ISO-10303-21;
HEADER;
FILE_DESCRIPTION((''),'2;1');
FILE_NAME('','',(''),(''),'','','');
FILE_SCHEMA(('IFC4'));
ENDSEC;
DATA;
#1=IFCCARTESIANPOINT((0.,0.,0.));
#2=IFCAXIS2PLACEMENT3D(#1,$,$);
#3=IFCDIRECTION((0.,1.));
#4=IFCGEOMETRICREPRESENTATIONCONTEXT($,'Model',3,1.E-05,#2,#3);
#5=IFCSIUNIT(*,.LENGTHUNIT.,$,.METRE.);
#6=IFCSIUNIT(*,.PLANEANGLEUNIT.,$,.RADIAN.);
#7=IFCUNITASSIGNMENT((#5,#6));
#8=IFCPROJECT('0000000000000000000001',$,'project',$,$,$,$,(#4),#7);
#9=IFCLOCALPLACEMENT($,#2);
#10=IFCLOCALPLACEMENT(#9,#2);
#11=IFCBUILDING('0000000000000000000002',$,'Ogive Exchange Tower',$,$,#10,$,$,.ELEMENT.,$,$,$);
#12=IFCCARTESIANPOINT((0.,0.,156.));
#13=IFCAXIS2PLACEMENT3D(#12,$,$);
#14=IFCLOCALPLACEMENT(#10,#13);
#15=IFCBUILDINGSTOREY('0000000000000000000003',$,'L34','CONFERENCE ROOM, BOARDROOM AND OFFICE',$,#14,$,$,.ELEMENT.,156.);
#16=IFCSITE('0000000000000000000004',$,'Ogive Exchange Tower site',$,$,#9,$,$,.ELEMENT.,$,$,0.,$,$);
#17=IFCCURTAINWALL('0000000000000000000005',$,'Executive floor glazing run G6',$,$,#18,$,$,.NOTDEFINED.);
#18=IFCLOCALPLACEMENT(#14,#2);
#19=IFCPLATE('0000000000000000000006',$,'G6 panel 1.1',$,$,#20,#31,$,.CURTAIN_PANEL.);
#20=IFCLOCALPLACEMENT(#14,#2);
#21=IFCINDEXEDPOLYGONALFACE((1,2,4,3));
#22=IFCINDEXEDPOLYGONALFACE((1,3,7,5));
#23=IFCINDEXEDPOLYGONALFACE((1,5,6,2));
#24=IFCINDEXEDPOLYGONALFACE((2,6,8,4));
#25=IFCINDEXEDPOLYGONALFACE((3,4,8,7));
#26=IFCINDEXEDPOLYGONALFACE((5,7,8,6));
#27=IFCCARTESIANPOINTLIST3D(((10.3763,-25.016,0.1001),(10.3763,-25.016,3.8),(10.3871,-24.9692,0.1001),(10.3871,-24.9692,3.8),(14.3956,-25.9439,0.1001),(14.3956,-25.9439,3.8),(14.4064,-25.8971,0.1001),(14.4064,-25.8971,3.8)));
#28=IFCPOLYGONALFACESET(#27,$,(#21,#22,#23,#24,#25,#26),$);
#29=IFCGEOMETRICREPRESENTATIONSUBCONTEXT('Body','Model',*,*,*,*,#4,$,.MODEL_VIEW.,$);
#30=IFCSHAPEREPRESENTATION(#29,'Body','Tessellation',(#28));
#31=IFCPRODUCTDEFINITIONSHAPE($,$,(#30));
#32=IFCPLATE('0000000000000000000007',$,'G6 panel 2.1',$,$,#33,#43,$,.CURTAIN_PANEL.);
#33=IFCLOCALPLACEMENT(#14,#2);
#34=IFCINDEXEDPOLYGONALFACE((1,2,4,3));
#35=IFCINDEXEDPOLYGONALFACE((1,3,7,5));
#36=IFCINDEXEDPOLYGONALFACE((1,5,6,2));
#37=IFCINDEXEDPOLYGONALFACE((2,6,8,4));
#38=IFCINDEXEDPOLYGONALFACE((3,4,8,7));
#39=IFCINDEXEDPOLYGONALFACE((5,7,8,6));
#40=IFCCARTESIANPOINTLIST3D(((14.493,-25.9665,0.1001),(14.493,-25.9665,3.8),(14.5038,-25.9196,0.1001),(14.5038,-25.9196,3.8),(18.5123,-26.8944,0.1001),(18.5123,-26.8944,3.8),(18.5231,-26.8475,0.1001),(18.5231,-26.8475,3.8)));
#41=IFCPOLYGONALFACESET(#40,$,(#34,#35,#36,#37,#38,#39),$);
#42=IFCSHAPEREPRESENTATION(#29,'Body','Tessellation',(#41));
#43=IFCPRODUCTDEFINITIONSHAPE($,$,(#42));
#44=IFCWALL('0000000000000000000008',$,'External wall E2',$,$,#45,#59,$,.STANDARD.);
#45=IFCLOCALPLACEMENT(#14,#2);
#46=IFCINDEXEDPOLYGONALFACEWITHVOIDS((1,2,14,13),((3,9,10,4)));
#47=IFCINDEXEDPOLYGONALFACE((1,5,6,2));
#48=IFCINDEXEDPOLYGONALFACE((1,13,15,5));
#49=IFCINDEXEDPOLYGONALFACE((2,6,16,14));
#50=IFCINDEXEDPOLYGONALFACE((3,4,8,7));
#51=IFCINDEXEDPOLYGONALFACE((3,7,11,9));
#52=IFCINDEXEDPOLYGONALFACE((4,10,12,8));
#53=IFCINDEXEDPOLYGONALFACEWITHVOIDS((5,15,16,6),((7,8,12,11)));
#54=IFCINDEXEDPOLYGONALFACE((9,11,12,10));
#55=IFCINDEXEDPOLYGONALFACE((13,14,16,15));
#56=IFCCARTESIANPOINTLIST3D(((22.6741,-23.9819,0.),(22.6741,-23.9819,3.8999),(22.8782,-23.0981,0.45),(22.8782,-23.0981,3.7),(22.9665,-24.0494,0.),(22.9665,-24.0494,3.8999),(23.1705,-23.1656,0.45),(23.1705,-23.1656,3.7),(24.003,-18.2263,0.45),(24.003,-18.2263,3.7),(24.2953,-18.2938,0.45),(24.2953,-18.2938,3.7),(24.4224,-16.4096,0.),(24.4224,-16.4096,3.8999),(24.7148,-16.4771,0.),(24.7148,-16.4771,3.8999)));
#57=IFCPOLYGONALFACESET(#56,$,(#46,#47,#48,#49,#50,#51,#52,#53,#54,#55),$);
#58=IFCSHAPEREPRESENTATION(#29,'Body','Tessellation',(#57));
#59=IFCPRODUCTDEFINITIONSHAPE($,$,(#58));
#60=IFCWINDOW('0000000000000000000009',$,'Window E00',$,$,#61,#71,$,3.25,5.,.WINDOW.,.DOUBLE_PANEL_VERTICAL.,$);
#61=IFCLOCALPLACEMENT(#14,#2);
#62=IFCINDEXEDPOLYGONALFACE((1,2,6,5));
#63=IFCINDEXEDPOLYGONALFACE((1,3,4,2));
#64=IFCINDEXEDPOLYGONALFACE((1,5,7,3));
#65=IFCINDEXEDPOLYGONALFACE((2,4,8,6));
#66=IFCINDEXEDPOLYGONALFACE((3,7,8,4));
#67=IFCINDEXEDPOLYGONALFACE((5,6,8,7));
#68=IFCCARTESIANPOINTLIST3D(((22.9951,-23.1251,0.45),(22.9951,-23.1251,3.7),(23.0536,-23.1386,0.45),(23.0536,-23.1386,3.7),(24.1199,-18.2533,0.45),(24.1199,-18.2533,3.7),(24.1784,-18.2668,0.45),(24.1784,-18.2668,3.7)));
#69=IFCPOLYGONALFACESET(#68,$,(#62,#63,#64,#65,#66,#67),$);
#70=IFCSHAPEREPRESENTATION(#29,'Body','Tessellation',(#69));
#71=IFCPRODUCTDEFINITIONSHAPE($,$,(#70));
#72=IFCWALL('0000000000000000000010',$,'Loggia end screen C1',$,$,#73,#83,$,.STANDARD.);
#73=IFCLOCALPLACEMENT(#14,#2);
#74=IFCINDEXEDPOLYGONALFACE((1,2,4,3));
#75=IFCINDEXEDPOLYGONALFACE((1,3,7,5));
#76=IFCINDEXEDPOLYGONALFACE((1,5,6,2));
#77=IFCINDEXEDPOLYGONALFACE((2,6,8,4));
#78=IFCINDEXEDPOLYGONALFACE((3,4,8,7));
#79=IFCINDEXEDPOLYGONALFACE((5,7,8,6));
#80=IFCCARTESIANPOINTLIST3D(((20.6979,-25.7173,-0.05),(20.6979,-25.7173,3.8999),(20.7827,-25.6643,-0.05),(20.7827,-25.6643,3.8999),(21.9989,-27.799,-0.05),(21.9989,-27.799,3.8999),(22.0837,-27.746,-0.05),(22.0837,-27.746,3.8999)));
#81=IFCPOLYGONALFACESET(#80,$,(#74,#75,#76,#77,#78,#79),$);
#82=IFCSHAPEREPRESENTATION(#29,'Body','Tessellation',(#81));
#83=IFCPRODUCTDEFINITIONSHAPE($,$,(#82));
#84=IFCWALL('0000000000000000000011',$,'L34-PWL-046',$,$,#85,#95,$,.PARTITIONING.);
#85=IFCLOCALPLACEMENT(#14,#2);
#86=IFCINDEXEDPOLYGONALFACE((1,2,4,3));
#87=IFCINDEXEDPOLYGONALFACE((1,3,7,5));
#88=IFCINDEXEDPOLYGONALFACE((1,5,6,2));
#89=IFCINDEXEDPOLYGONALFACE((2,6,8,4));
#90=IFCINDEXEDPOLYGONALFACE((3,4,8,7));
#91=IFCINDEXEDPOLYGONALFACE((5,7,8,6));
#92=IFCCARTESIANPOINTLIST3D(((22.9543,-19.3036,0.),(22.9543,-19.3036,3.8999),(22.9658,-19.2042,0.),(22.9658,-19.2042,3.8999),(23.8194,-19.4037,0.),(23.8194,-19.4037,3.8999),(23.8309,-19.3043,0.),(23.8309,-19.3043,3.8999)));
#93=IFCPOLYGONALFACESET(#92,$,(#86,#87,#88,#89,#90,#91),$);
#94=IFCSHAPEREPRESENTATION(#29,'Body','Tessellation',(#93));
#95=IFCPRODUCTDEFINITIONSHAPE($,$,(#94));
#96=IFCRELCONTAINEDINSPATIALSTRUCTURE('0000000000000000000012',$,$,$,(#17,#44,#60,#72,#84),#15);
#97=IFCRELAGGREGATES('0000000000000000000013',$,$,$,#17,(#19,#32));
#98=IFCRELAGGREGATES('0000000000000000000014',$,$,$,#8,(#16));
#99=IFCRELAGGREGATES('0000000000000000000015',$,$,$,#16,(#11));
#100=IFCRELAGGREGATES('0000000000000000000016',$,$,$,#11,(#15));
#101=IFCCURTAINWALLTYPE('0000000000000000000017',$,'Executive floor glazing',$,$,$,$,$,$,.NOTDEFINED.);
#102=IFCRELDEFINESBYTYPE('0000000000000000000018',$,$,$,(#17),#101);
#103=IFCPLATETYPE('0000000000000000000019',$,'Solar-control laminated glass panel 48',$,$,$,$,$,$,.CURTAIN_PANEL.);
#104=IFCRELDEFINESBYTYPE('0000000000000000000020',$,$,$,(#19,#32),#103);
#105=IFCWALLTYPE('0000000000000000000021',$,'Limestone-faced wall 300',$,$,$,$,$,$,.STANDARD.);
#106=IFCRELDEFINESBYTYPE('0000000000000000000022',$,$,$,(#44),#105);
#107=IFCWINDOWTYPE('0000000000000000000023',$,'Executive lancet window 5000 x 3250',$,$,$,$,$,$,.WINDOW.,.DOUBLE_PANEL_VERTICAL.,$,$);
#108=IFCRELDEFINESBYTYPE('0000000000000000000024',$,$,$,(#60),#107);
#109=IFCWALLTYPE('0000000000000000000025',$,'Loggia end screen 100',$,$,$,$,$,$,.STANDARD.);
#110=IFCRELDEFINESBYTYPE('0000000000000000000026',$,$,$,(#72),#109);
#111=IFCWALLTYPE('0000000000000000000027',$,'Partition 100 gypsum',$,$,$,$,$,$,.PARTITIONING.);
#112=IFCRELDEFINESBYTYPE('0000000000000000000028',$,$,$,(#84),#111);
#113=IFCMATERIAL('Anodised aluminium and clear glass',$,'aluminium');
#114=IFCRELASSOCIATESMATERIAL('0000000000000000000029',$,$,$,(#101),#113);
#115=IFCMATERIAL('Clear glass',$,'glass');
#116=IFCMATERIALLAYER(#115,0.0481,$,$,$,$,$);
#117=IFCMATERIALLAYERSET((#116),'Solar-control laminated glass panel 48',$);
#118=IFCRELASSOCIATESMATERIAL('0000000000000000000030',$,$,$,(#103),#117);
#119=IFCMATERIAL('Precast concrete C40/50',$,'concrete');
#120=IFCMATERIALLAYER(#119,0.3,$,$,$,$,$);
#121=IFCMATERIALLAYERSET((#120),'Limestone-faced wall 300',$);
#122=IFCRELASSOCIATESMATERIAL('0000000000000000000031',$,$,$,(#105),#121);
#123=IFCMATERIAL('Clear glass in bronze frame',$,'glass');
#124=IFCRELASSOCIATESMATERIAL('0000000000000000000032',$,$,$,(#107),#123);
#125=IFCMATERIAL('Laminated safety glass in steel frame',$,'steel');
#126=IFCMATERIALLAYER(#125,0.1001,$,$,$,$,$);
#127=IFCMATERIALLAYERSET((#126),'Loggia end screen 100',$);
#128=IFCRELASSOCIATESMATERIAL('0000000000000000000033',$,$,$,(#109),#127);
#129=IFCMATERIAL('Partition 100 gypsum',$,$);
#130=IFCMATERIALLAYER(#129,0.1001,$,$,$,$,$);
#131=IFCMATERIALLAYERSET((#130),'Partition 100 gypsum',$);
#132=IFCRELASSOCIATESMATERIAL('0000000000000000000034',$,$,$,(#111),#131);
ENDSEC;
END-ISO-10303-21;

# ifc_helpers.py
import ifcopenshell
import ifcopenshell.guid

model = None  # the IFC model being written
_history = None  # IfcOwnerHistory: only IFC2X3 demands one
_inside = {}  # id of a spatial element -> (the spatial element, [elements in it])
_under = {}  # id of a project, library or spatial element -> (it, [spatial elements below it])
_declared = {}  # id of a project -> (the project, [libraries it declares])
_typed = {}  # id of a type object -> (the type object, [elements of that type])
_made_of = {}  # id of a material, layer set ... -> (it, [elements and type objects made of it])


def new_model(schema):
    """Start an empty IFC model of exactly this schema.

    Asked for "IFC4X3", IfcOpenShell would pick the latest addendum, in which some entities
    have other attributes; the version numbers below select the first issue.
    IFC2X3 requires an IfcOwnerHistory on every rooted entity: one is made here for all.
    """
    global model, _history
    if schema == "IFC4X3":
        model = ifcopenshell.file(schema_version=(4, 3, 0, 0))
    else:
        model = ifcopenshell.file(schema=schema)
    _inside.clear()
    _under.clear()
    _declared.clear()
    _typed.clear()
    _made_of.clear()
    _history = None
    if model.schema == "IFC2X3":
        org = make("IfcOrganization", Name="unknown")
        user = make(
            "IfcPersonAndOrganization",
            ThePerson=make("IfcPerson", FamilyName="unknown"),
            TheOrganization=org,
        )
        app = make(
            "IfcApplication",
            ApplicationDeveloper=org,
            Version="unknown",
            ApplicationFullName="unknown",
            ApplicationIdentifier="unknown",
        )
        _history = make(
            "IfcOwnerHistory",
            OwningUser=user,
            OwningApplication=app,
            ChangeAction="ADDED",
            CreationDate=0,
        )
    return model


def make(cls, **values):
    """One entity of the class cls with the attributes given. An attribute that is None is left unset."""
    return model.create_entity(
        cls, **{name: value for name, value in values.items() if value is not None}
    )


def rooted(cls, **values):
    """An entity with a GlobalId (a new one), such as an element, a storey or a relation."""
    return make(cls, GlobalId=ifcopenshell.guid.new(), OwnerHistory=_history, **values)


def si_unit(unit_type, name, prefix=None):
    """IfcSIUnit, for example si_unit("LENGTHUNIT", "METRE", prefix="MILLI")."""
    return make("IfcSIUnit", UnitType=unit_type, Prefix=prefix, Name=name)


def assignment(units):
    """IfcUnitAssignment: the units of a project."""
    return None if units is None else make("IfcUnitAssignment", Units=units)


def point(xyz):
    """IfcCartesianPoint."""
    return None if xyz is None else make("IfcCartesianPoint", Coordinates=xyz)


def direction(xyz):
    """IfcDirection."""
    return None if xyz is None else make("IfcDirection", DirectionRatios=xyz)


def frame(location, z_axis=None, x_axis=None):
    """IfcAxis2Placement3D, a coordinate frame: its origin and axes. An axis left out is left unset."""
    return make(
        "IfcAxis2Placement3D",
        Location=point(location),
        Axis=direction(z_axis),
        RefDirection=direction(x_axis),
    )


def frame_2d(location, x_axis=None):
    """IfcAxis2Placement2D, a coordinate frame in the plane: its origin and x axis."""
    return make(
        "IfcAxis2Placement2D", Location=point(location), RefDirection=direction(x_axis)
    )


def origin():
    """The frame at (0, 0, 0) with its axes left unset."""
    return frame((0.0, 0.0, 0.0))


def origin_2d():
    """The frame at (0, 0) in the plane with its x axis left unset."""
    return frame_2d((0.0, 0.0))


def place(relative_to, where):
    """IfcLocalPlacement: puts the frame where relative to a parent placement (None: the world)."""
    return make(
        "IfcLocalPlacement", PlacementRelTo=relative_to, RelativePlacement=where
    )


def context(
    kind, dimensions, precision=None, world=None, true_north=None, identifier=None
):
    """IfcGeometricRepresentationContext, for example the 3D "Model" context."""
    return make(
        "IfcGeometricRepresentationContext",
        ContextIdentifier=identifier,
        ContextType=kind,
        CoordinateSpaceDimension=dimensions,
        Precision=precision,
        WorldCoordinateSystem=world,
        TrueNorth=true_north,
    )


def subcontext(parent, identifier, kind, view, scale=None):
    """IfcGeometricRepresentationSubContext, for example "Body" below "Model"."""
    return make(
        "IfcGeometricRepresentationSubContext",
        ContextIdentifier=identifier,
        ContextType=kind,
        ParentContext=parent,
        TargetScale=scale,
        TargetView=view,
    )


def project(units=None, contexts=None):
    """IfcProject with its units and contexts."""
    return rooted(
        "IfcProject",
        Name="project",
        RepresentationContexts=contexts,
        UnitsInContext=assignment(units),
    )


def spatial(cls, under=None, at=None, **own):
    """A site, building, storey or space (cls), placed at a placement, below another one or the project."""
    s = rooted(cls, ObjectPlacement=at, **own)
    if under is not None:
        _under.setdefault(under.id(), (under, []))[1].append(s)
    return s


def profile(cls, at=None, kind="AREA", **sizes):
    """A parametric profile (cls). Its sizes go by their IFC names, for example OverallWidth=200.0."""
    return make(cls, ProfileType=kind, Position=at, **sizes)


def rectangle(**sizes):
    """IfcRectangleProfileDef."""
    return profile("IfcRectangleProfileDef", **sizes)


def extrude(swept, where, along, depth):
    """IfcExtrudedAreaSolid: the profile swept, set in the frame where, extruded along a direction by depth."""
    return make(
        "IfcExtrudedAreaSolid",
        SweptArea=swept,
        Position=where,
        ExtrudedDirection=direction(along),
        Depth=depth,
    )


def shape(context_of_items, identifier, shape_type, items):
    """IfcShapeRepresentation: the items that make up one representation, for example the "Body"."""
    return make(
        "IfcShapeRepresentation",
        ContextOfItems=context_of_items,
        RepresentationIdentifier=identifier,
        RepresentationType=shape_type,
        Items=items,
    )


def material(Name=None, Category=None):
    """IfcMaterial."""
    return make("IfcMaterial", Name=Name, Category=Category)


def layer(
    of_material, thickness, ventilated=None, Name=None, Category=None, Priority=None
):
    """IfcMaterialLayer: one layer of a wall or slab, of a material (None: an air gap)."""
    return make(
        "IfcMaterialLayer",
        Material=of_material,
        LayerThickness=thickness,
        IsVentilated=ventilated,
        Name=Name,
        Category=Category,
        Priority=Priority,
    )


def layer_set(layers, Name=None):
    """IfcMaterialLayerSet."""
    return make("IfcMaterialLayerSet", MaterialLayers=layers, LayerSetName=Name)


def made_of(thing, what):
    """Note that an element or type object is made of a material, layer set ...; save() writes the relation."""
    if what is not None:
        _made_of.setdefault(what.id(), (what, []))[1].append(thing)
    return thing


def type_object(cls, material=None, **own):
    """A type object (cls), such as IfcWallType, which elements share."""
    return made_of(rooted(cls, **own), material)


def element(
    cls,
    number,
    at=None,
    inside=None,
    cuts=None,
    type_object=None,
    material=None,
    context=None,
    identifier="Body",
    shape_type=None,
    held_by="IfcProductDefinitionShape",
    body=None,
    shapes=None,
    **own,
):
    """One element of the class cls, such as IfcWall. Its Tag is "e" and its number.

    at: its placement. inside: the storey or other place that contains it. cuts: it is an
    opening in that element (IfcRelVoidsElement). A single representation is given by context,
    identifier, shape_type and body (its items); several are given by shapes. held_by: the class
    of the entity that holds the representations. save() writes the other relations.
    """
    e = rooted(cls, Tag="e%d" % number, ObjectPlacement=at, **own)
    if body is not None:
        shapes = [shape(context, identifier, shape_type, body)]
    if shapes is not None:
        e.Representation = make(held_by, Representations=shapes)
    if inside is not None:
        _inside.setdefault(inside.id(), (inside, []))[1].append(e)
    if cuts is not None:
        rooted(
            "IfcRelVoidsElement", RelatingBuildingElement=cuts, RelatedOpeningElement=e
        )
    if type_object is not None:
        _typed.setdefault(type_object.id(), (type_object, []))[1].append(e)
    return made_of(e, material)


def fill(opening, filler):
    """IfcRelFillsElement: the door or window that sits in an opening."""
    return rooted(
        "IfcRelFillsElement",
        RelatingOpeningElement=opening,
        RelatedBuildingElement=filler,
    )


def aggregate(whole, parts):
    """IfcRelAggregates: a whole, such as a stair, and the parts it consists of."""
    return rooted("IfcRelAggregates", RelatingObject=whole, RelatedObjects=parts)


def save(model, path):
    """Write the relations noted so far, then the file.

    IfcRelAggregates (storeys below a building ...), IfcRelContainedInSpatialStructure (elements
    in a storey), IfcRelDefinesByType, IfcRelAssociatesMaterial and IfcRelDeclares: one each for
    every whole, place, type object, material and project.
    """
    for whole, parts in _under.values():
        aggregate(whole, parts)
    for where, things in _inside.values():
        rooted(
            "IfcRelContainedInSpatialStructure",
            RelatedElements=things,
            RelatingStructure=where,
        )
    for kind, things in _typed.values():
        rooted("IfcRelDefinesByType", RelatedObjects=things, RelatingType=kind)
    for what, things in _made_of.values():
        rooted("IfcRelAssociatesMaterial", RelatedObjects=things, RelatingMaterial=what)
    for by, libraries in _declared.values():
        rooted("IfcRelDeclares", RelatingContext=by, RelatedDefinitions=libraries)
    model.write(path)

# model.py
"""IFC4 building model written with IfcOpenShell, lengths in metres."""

from ifc_helpers import new_model, si_unit, direction, frame, frame_2d, origin, origin_2d, place, context, subcontext, project, spatial, rectangle, extrude, material, layer, layer_set, type_object, element, fill, aggregate, save


model = new_model("IFC4")

# Units and contexts
model_context = context("Model", 3, precision=1e-05, world=origin(), true_north=direction((0.0, 1.0)))
body_context = subcontext(model_context, "Body", "Model", "MODEL_VIEW")
ifc_project = project(units=[si_unit("LENGTHUNIT", "METRE"), si_unit("PLANEANGLEUNIT", "RADIAN")], contexts=[model_context])

# Site, building, storey
site_placement = place(None, origin())
site = spatial("IfcSite", under=ifc_project, at=site_placement, Name="Ogive Exchange Tower site", CompositionType="ELEMENT", RefElevation=0.0)
building_placement = place(site_placement, origin())
building = spatial("IfcBuilding", under=site, at=building_placement, Name="Ogive Exchange Tower", CompositionType="ELEMENT")
storey_placement = place(building_placement, frame((0.0, 0.0, 156.0)))
storey = spatial("IfcBuildingStorey", under=building, at=storey_placement, Name="L34", Description="CONFERENCE ROOM, BOARDROOM AND OFFICE", CompositionType="ELEMENT", Elevation=156.0)

# Curtain wall
ifc_material_1 = material(Name="Anodised aluminium and clear glass", Category="aluminium")
curtain_wall_type = type_object("IfcCurtainWallType", Name="Executive floor glazing", PredefinedType="NOTDEFINED", material=ifc_material_1)
curtain_wall_placement = place(storey_placement, origin())
curtain_wall = element("IfcCurtainWall", 1, at=curtain_wall_placement, inside=storey, type_object=curtain_wall_type, Name="Executive floor glazing run G6", PredefinedType="NOTDEFINED")

# Plates
ifc_material_2 = material(Name="Clear glass", Category="glass")
ifc_layer_1 = layer(ifc_material_2, 0.0481)
ifc_layer_set_1 = layer_set([ifc_layer_1], Name="Solar-control laminated glass panel 48")
plate_type = type_object("IfcPlateType", Name="Solar-control laminated glass panel 48", PredefinedType="CURTAIN_PANEL", material=ifc_layer_set_1)
plate_1_placement = place(storey_placement, frame((12.3914, -25.4565, 0.1001), z_axis=(0.0, 0.0, 1.0), x_axis=(0.97437, -0.224949, 0.0)))
plate_1 = element("IfcPlate", 2, at=plate_1_placement, type_object=plate_type, Name="G6 panel 1.1", PredefinedType="CURTAIN_PANEL", context=body_context, shape_type="SweptSolid", body=[
    extrude(rectangle(XDim=4.125, YDim=0.0481, at=origin_2d()), origin(), (0.0, 0.0, 1.0), 3.7),
])
plate_2_placement = place(storey_placement, frame((16.5081, -26.407, 0.1001), z_axis=(0.0, 0.0, 1.0), x_axis=(0.97437, -0.224949, 0.0)))
plate_2 = element("IfcPlate", 3, at=plate_2_placement, type_object=plate_type, Name="G6 panel 2.1", PredefinedType="CURTAIN_PANEL", context=body_context, shape_type="SweptSolid", body=[
    extrude(rectangle(XDim=4.125, YDim=0.0481, at=origin_2d()), origin(), (0.0, 0.0, 1.0), 3.7),
])
aggregate(curtain_wall, [plate_1, plate_2])

# Wall, opening, window
ifc_material_3 = material(Name="Precast concrete C40/50", Category="concrete")
ifc_layer_2 = layer(ifc_material_3, 0.3)
ifc_layer_set_2 = layer_set([ifc_layer_2], Name="Limestone-faced wall 300")
wall_type_1 = type_object("IfcWallType", Name="Limestone-faced wall 300", PredefinedType="STANDARD", material=ifc_layer_set_2)
wall_1_placement = place(storey_placement, frame((22.8203, -24.0156, 0.0), z_axis=(0.0, 0.0, 1.0), x_axis=(0.224963, 0.974367, 0.0)))
wall_1 = element("IfcWall", 4, at=wall_1_placement, inside=storey, type_object=wall_type_1, Name="External wall E2", PredefinedType="STANDARD", context=body_context, shape_type="SweptSolid", body=[
    extrude(rectangle(XDim=7.7715, YDim=0.3, at=frame_2d((3.8857, 0.0))), origin(), (0.0, 0.0, 1.0), 3.8999),
])
opening_placement = place(wall_1_placement, frame((0.907, 0.0, 0.45)))
opening = element("IfcOpeningElement", 5, at=opening_placement, cuts=wall_1, PredefinedType="OPENING", context=body_context, shape_type="SweptSolid", body=[
    extrude(rectangle(XDim=5.0, YDim=3.25, at=frame_2d((2.5, 1.625))), frame((0.0, 0.1599, 0.0), z_axis=(0.0, -1.0, 0.0), x_axis=(1.0, 0.0, 0.0)), (0.0, 0.0, 1.0), 0.3201),
])
ifc_material_4 = material(Name="Clear glass in bronze frame", Category="glass")
window_type = type_object("IfcWindowType", Name="Executive lancet window 5000 x 3250", PartitioningType="DOUBLE_PANEL_VERTICAL", PredefinedType="WINDOW", material=ifc_material_4)
window_placement = place(opening_placement, origin())
window = element("IfcWindow", 6, at=window_placement, inside=storey, type_object=window_type, Name="Window E00", OverallHeight=3.25, OverallWidth=5.0, PartitioningType="DOUBLE_PANEL_VERTICAL", PredefinedType="WINDOW", context=body_context, shape_type="SweptSolid", body=[
    extrude(rectangle(XDim=5.0, YDim=3.25, at=frame_2d((2.5, 1.625))), frame((0.0, 0.03, 0.0), z_axis=(0.0, -1.0, 0.0), x_axis=(1.0, 0.0, 0.0)), (0.0, 0.0, 1.0), 0.0601),
])
fill(opening, window)

# Walls
ifc_material_5 = material(Name="Laminated safety glass in steel frame", Category="steel")
ifc_layer_3 = layer(ifc_material_5, 0.1001)
ifc_layer_set_3 = layer_set([ifc_layer_3], Name="Loggia end screen 100")
wall_type_2 = type_object("IfcWallType", Name="Loggia end screen 100", PredefinedType="STANDARD", material=ifc_layer_set_3)
wall_2_placement = place(storey_placement, frame((20.7402, -25.6907, -0.05), z_axis=(0.0, 0.0, 1.0), x_axis=(0.529972, -0.848015, 0.0)))
element("IfcWall", 7, at=wall_2_placement, inside=storey, type_object=wall_type_2, Name="Loggia end screen C1", PredefinedType="STANDARD", context=body_context, shape_type="SweptSolid", body=[
    extrude(rectangle(XDim=2.4548, YDim=0.1001, at=frame_2d((1.2275, 0.0))), origin(), (0.0, 0.0, 1.0), 3.95),
])
ifc_material_6 = material(Name="Partition 100 gypsum")
ifc_layer_4 = layer(ifc_material_6, 0.1001)
ifc_layer_set_4 = layer_set([ifc_layer_4], Name="Partition 100 gypsum")
wall_type_3 = type_object("IfcWallType", Name="Partition 100 gypsum", PredefinedType="PARTITIONING", material=ifc_layer_set_4)
wall_3_placement = place(storey_placement, frame((22.96, -19.2539, 0.0), z_axis=(0.0, 0.0, 1.0), x_axis=(0.993371, -0.114954, 0.0)))
element("IfcWall", 8, at=wall_3_placement, inside=storey, type_object=wall_type_3, Name="L34-PWL-046", PredefinedType="PARTITIONING", context=body_context, shape_type="SweptSolid", body=[
    extrude(rectangle(XDim=0.8708, YDim=0.1001, at=frame_2d((0.4355, 0.0))), origin(), (0.0, 0.0, 1.0), 3.8999),
])

save(model, "model.ifc")
